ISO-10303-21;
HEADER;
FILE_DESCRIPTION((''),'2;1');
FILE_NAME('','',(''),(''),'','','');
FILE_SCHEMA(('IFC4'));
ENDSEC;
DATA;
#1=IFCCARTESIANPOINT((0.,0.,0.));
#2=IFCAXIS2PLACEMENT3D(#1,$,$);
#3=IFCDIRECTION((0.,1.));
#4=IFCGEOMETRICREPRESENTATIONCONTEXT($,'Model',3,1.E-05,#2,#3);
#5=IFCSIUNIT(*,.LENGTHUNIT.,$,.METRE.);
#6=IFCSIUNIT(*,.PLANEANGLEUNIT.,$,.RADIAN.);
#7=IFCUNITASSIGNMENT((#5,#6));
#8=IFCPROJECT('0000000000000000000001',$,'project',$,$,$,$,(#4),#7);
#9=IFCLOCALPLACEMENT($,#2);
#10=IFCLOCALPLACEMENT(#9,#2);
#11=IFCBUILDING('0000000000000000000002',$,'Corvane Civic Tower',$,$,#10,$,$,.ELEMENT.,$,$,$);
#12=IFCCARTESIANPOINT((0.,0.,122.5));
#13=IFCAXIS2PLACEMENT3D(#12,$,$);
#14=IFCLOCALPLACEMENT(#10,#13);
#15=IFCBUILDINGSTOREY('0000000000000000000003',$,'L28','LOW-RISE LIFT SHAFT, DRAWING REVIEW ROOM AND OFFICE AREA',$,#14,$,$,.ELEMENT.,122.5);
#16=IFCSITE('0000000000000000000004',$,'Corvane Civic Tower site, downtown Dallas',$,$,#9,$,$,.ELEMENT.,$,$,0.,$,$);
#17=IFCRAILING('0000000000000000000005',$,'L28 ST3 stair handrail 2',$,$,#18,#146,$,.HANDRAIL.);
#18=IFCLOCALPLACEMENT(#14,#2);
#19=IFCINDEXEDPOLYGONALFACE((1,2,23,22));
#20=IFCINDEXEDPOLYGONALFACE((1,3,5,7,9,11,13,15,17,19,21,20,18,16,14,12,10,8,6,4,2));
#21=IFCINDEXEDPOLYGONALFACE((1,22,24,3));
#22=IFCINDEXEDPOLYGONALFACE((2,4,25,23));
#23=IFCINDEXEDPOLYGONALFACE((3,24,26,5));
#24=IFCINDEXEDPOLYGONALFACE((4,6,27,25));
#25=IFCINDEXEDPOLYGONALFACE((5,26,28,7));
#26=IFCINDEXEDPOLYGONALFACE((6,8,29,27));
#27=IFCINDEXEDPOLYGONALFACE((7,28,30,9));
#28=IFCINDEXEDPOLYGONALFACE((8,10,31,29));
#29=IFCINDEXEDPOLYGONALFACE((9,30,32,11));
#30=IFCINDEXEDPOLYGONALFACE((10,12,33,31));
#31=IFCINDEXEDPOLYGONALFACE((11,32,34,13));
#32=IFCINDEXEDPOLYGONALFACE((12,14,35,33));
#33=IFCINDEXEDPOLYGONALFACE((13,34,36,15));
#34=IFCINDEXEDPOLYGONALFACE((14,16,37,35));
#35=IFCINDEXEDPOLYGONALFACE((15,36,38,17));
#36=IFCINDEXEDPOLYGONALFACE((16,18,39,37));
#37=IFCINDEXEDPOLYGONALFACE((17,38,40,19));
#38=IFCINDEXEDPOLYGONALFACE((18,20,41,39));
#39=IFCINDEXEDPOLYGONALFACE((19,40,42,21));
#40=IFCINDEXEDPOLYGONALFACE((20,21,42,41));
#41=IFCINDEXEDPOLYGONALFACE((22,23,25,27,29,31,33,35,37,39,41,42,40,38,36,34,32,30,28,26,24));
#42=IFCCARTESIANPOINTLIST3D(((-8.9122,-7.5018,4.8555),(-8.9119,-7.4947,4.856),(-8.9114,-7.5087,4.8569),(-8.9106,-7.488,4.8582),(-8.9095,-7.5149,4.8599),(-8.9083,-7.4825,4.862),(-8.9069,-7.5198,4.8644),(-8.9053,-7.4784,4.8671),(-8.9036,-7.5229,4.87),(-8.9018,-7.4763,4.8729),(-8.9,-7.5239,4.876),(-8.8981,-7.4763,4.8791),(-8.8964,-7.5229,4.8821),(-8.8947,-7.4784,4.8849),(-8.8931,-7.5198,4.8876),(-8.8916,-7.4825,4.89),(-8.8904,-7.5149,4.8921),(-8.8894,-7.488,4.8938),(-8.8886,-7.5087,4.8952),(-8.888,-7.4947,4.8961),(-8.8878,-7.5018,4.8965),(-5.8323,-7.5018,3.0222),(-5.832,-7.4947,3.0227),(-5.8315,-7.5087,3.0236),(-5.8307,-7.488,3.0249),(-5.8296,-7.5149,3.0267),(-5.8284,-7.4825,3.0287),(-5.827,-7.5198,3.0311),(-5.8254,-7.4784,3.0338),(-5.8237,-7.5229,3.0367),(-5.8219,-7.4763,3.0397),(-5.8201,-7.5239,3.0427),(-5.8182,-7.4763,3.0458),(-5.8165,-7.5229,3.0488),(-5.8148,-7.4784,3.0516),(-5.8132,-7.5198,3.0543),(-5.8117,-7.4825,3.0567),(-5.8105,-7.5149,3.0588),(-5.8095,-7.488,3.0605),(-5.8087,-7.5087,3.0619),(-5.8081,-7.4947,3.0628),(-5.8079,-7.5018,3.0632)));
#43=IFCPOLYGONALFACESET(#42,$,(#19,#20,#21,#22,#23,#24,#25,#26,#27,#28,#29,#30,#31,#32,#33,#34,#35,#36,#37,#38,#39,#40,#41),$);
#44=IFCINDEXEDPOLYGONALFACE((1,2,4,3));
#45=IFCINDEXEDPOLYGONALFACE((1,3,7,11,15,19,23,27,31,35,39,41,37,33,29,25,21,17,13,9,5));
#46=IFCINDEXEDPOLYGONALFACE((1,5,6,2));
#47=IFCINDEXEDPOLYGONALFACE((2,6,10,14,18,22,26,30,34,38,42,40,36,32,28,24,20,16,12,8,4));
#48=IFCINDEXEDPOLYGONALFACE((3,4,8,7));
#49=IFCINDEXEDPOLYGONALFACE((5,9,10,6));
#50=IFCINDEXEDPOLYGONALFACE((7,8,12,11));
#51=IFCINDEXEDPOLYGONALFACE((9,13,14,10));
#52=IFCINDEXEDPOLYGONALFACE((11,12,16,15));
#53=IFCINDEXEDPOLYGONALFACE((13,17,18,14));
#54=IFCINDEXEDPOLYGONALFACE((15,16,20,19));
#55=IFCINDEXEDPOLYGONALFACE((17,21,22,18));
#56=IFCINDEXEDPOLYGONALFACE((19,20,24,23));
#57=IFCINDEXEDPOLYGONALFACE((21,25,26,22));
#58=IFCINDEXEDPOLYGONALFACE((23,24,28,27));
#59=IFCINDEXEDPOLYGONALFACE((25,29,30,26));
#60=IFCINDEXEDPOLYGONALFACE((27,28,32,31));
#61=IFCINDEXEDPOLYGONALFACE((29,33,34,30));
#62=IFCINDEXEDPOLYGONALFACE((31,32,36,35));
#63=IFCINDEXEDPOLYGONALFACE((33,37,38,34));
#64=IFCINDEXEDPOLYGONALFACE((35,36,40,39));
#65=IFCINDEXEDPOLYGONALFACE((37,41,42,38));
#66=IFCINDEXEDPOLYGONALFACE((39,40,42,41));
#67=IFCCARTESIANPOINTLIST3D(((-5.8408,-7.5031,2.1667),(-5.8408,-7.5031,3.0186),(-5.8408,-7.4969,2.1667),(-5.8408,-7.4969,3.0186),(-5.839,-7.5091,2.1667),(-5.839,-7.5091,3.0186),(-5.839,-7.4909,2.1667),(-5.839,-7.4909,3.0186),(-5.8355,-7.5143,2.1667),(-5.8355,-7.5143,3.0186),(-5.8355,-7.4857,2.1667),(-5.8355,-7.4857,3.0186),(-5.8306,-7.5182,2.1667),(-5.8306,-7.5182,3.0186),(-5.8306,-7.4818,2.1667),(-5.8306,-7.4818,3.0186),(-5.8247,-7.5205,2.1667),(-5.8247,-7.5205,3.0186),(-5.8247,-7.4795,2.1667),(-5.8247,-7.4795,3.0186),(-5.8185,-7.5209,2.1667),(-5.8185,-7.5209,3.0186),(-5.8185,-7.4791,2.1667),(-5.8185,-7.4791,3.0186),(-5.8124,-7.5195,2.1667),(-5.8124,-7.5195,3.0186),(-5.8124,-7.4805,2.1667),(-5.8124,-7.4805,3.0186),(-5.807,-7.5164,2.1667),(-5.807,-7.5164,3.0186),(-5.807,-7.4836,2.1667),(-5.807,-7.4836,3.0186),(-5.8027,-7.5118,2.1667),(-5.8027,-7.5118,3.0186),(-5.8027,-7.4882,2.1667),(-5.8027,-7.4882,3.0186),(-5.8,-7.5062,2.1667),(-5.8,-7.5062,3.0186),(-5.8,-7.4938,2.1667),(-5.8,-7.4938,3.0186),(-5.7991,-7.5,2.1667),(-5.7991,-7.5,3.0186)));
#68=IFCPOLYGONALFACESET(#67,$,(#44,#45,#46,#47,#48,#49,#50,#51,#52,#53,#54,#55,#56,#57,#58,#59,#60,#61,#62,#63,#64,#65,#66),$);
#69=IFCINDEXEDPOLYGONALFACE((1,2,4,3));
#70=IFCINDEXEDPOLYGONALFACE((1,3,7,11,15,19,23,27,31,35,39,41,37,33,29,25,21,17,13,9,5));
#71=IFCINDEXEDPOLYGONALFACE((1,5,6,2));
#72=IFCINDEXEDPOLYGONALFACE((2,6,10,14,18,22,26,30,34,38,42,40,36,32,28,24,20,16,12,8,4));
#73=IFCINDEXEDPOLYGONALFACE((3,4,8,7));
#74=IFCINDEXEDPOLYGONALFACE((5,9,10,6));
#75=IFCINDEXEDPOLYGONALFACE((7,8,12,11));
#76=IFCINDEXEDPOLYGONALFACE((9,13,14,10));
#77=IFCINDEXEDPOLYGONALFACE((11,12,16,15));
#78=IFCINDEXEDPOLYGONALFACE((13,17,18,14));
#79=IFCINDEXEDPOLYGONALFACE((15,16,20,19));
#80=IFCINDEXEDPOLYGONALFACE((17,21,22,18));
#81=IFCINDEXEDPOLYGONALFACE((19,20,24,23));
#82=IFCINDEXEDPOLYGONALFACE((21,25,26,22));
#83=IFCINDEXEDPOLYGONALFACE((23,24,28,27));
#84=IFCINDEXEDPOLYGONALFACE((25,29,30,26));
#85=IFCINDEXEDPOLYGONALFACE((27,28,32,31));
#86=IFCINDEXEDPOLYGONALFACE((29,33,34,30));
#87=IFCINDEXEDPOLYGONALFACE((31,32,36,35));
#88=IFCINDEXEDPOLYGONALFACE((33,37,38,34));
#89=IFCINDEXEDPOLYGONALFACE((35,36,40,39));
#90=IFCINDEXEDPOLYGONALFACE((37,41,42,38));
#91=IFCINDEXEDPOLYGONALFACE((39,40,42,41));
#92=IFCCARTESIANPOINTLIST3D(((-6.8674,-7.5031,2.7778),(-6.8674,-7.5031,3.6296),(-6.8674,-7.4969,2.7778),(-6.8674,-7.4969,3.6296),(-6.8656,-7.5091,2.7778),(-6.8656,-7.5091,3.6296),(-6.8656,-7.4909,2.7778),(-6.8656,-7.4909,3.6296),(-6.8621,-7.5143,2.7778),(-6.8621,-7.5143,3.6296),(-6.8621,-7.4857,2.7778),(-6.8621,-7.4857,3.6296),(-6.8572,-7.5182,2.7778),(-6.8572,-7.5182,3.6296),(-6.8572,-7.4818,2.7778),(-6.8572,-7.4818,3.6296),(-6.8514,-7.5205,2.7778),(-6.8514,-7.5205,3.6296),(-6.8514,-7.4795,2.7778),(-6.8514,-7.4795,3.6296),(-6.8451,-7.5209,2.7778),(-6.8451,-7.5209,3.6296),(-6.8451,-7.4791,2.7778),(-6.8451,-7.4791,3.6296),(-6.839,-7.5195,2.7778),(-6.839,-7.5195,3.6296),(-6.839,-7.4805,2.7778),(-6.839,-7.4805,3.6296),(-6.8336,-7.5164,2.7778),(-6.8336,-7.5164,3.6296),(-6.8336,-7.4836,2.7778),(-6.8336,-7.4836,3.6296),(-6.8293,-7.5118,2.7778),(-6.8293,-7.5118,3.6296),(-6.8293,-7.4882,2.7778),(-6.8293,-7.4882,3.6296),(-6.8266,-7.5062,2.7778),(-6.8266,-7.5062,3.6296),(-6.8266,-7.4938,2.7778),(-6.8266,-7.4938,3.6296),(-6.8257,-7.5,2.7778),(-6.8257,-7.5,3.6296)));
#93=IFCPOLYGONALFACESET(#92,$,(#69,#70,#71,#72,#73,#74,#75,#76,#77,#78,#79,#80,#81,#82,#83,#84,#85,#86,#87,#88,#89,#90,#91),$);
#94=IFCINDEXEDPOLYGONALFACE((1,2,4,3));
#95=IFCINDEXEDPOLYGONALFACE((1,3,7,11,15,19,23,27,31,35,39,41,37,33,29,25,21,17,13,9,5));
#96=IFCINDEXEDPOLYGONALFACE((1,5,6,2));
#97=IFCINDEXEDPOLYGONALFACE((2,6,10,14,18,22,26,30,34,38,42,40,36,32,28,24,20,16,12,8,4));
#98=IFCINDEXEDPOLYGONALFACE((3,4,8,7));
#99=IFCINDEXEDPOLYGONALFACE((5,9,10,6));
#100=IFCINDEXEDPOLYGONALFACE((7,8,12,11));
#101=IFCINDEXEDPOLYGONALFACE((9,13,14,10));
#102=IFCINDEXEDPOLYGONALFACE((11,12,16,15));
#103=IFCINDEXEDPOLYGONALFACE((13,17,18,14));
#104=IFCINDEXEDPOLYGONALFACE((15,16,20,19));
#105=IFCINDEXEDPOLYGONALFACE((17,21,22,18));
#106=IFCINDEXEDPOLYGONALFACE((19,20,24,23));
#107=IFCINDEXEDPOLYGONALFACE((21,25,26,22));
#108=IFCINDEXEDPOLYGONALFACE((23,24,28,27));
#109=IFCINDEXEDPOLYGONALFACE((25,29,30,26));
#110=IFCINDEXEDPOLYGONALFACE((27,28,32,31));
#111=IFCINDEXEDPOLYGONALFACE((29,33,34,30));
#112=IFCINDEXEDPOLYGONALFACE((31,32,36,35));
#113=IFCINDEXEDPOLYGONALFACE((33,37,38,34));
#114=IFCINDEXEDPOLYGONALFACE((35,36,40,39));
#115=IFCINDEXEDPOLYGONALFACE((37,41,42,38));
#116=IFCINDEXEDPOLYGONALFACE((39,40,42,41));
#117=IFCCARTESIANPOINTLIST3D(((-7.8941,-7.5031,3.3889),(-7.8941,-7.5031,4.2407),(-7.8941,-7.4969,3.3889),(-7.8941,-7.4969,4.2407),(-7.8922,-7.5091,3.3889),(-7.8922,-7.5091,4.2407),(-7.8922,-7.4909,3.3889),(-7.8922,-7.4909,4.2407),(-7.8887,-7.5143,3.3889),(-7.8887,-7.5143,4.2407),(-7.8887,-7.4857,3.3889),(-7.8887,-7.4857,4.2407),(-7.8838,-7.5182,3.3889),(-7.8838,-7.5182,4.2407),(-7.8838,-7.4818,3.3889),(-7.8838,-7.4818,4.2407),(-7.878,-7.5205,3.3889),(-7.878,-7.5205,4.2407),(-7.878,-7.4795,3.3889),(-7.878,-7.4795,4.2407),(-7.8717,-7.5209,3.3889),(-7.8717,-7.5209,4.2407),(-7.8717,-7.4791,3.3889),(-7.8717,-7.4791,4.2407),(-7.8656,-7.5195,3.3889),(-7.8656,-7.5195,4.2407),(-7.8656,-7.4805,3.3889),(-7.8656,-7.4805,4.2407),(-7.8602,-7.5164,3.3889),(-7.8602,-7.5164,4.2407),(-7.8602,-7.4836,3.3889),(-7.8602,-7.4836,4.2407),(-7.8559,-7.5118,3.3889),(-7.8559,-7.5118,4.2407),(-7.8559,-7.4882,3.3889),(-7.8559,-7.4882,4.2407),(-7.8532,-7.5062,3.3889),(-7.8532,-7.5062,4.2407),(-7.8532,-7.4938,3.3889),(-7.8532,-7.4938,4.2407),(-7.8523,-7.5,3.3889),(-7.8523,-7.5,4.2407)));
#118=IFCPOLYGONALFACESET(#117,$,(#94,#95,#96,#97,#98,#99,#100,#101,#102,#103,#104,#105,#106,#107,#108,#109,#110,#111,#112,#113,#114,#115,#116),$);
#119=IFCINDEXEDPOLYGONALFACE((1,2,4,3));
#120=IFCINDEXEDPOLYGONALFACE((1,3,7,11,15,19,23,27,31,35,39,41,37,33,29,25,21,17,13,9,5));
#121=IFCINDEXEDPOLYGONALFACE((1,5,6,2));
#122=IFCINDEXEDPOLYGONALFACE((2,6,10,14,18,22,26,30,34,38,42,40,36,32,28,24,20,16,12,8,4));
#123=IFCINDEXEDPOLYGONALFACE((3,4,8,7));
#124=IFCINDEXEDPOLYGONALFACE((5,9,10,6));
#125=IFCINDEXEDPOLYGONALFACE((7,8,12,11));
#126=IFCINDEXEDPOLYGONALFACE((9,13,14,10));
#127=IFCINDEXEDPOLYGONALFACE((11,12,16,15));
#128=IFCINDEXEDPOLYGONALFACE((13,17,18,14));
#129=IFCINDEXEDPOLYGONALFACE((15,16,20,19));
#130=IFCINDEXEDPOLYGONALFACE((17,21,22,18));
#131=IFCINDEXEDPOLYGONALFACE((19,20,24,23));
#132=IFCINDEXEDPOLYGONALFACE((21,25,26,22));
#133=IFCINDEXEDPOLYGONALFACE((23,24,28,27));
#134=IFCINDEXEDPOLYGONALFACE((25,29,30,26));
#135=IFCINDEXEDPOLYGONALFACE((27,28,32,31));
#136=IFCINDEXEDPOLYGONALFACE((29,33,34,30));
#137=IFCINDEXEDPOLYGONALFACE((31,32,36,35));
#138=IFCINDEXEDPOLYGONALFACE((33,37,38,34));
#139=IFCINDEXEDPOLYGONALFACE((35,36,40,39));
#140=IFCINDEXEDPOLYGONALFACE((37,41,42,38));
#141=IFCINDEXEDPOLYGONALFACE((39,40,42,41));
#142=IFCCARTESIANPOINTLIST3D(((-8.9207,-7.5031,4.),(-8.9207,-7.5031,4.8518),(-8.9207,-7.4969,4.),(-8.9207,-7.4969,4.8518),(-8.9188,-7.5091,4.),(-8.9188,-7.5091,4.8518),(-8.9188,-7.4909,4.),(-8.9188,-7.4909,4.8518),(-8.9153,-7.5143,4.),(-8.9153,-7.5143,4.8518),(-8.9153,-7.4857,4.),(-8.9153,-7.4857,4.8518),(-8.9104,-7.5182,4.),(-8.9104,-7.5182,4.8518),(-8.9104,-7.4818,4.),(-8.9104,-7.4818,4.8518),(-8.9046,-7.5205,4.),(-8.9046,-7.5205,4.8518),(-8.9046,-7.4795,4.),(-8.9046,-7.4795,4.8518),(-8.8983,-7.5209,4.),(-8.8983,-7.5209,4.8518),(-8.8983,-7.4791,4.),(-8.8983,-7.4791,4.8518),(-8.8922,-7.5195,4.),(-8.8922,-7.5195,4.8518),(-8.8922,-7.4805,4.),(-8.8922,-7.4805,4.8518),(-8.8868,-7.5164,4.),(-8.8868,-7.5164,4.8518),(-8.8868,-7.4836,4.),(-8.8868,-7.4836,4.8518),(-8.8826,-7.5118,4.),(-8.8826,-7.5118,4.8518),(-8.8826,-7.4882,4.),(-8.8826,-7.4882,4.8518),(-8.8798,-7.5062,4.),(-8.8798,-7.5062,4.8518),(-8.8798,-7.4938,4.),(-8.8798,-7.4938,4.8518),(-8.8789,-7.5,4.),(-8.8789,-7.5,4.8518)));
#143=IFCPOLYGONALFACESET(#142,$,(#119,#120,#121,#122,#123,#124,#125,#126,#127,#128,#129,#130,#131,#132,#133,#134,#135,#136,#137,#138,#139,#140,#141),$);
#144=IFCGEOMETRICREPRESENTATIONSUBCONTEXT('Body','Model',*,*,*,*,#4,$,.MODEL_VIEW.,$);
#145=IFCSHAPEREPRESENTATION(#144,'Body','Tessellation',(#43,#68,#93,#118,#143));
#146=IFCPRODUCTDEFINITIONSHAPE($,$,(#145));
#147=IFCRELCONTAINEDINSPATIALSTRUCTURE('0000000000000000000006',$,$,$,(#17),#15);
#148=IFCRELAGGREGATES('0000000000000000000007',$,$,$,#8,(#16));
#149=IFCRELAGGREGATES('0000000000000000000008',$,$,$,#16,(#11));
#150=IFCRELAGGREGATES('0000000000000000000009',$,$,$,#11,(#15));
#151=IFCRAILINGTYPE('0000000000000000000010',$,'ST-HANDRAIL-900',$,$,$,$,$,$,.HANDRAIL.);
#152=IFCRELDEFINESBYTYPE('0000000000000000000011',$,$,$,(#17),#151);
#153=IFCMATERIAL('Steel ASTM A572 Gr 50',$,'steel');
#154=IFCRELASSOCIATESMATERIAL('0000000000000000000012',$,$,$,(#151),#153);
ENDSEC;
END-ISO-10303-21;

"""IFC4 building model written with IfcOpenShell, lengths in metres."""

from ifc_helpers import new_model, si_unit, direction, frame, origin, origin_2d, place, context, subcontext, project, spatial, circle, extrude, material, type_object, element, save


model = new_model("IFC4")

# Units and contexts
model_context = context("Model", 3, precision=1e-05, world=origin(), true_north=direction((0.0, 1.0)))
body_context = subcontext(model_context, "Body", "Model", "MODEL_VIEW")
ifc_project = project(units=[si_unit("LENGTHUNIT", "METRE"), si_unit("PLANEANGLEUNIT", "RADIAN")], contexts=[model_context])

# Site, building, storey
site_placement = place(None, origin())
site = spatial("IfcSite", under=ifc_project, at=site_placement, Name="Corvane Civic Tower site, downtown Dallas", CompositionType="ELEMENT", RefElevation=0.0)
building_placement = place(site_placement, origin())
building = spatial("IfcBuilding", under=site, at=building_placement, Name="Corvane Civic Tower", CompositionType="ELEMENT")
storey_placement = place(building_placement, frame((0.0, 0.0, 122.5)))
storey = spatial("IfcBuildingStorey", under=building, at=storey_placement, Name="L28", Description="LOW-RISE LIFT SHAFT, DRAWING REVIEW ROOM AND OFFICE AREA", CompositionType="ELEMENT", Elevation=122.5)

# Railing
ifc_material_1 = material(Name="Steel ASTM A572 Gr 50", Category="steel")
railing_type_1 = type_object("IfcRailingType", Name="ST-HANDRAIL-900", PredefinedType="HANDRAIL", material=ifc_material_1)
railing_1_placement = place(storey_placement, frame((-5.8201, -7.5, 2.1667)))
element("IfcRailing", 1, at=railing_1_placement, inside=storey, type_object=railing_type_1, Name="L28 ST3 stair handrail 2", PredefinedType="HANDRAIL", context=body_context, shape_type="SweptSolid", body=[
    extrude(circle(Radius=0.0239, at=origin_2d()), frame((0.0, 0.0, 0.876), z_axis=(-0.859291, 0.0, 0.511487), x_axis=(0.0, -1.0, 0.0)), (0.0, 0.0, 1.0), 3.5842),
    extrude(circle(Radius=0.021, at=origin_2d()), origin(), (0.0, 0.0, 1.0), 0.8518),
    extrude(circle(Radius=0.021, at=origin_2d()), frame((-1.0266, 0.0, 0.6111)), (0.0, 0.0, 1.0), 0.8518),
    extrude(circle(Radius=0.021, at=origin_2d()), frame((-2.0532, 0.0, 1.2222)), (0.0, 0.0, 1.0), 0.8518),
    extrude(circle(Radius=0.021, at=origin_2d()), frame((-3.0798, 0.0, 1.8333)), (0.0, 0.0, 1.0), 0.8518),
])

save(model, "model.ifc")
